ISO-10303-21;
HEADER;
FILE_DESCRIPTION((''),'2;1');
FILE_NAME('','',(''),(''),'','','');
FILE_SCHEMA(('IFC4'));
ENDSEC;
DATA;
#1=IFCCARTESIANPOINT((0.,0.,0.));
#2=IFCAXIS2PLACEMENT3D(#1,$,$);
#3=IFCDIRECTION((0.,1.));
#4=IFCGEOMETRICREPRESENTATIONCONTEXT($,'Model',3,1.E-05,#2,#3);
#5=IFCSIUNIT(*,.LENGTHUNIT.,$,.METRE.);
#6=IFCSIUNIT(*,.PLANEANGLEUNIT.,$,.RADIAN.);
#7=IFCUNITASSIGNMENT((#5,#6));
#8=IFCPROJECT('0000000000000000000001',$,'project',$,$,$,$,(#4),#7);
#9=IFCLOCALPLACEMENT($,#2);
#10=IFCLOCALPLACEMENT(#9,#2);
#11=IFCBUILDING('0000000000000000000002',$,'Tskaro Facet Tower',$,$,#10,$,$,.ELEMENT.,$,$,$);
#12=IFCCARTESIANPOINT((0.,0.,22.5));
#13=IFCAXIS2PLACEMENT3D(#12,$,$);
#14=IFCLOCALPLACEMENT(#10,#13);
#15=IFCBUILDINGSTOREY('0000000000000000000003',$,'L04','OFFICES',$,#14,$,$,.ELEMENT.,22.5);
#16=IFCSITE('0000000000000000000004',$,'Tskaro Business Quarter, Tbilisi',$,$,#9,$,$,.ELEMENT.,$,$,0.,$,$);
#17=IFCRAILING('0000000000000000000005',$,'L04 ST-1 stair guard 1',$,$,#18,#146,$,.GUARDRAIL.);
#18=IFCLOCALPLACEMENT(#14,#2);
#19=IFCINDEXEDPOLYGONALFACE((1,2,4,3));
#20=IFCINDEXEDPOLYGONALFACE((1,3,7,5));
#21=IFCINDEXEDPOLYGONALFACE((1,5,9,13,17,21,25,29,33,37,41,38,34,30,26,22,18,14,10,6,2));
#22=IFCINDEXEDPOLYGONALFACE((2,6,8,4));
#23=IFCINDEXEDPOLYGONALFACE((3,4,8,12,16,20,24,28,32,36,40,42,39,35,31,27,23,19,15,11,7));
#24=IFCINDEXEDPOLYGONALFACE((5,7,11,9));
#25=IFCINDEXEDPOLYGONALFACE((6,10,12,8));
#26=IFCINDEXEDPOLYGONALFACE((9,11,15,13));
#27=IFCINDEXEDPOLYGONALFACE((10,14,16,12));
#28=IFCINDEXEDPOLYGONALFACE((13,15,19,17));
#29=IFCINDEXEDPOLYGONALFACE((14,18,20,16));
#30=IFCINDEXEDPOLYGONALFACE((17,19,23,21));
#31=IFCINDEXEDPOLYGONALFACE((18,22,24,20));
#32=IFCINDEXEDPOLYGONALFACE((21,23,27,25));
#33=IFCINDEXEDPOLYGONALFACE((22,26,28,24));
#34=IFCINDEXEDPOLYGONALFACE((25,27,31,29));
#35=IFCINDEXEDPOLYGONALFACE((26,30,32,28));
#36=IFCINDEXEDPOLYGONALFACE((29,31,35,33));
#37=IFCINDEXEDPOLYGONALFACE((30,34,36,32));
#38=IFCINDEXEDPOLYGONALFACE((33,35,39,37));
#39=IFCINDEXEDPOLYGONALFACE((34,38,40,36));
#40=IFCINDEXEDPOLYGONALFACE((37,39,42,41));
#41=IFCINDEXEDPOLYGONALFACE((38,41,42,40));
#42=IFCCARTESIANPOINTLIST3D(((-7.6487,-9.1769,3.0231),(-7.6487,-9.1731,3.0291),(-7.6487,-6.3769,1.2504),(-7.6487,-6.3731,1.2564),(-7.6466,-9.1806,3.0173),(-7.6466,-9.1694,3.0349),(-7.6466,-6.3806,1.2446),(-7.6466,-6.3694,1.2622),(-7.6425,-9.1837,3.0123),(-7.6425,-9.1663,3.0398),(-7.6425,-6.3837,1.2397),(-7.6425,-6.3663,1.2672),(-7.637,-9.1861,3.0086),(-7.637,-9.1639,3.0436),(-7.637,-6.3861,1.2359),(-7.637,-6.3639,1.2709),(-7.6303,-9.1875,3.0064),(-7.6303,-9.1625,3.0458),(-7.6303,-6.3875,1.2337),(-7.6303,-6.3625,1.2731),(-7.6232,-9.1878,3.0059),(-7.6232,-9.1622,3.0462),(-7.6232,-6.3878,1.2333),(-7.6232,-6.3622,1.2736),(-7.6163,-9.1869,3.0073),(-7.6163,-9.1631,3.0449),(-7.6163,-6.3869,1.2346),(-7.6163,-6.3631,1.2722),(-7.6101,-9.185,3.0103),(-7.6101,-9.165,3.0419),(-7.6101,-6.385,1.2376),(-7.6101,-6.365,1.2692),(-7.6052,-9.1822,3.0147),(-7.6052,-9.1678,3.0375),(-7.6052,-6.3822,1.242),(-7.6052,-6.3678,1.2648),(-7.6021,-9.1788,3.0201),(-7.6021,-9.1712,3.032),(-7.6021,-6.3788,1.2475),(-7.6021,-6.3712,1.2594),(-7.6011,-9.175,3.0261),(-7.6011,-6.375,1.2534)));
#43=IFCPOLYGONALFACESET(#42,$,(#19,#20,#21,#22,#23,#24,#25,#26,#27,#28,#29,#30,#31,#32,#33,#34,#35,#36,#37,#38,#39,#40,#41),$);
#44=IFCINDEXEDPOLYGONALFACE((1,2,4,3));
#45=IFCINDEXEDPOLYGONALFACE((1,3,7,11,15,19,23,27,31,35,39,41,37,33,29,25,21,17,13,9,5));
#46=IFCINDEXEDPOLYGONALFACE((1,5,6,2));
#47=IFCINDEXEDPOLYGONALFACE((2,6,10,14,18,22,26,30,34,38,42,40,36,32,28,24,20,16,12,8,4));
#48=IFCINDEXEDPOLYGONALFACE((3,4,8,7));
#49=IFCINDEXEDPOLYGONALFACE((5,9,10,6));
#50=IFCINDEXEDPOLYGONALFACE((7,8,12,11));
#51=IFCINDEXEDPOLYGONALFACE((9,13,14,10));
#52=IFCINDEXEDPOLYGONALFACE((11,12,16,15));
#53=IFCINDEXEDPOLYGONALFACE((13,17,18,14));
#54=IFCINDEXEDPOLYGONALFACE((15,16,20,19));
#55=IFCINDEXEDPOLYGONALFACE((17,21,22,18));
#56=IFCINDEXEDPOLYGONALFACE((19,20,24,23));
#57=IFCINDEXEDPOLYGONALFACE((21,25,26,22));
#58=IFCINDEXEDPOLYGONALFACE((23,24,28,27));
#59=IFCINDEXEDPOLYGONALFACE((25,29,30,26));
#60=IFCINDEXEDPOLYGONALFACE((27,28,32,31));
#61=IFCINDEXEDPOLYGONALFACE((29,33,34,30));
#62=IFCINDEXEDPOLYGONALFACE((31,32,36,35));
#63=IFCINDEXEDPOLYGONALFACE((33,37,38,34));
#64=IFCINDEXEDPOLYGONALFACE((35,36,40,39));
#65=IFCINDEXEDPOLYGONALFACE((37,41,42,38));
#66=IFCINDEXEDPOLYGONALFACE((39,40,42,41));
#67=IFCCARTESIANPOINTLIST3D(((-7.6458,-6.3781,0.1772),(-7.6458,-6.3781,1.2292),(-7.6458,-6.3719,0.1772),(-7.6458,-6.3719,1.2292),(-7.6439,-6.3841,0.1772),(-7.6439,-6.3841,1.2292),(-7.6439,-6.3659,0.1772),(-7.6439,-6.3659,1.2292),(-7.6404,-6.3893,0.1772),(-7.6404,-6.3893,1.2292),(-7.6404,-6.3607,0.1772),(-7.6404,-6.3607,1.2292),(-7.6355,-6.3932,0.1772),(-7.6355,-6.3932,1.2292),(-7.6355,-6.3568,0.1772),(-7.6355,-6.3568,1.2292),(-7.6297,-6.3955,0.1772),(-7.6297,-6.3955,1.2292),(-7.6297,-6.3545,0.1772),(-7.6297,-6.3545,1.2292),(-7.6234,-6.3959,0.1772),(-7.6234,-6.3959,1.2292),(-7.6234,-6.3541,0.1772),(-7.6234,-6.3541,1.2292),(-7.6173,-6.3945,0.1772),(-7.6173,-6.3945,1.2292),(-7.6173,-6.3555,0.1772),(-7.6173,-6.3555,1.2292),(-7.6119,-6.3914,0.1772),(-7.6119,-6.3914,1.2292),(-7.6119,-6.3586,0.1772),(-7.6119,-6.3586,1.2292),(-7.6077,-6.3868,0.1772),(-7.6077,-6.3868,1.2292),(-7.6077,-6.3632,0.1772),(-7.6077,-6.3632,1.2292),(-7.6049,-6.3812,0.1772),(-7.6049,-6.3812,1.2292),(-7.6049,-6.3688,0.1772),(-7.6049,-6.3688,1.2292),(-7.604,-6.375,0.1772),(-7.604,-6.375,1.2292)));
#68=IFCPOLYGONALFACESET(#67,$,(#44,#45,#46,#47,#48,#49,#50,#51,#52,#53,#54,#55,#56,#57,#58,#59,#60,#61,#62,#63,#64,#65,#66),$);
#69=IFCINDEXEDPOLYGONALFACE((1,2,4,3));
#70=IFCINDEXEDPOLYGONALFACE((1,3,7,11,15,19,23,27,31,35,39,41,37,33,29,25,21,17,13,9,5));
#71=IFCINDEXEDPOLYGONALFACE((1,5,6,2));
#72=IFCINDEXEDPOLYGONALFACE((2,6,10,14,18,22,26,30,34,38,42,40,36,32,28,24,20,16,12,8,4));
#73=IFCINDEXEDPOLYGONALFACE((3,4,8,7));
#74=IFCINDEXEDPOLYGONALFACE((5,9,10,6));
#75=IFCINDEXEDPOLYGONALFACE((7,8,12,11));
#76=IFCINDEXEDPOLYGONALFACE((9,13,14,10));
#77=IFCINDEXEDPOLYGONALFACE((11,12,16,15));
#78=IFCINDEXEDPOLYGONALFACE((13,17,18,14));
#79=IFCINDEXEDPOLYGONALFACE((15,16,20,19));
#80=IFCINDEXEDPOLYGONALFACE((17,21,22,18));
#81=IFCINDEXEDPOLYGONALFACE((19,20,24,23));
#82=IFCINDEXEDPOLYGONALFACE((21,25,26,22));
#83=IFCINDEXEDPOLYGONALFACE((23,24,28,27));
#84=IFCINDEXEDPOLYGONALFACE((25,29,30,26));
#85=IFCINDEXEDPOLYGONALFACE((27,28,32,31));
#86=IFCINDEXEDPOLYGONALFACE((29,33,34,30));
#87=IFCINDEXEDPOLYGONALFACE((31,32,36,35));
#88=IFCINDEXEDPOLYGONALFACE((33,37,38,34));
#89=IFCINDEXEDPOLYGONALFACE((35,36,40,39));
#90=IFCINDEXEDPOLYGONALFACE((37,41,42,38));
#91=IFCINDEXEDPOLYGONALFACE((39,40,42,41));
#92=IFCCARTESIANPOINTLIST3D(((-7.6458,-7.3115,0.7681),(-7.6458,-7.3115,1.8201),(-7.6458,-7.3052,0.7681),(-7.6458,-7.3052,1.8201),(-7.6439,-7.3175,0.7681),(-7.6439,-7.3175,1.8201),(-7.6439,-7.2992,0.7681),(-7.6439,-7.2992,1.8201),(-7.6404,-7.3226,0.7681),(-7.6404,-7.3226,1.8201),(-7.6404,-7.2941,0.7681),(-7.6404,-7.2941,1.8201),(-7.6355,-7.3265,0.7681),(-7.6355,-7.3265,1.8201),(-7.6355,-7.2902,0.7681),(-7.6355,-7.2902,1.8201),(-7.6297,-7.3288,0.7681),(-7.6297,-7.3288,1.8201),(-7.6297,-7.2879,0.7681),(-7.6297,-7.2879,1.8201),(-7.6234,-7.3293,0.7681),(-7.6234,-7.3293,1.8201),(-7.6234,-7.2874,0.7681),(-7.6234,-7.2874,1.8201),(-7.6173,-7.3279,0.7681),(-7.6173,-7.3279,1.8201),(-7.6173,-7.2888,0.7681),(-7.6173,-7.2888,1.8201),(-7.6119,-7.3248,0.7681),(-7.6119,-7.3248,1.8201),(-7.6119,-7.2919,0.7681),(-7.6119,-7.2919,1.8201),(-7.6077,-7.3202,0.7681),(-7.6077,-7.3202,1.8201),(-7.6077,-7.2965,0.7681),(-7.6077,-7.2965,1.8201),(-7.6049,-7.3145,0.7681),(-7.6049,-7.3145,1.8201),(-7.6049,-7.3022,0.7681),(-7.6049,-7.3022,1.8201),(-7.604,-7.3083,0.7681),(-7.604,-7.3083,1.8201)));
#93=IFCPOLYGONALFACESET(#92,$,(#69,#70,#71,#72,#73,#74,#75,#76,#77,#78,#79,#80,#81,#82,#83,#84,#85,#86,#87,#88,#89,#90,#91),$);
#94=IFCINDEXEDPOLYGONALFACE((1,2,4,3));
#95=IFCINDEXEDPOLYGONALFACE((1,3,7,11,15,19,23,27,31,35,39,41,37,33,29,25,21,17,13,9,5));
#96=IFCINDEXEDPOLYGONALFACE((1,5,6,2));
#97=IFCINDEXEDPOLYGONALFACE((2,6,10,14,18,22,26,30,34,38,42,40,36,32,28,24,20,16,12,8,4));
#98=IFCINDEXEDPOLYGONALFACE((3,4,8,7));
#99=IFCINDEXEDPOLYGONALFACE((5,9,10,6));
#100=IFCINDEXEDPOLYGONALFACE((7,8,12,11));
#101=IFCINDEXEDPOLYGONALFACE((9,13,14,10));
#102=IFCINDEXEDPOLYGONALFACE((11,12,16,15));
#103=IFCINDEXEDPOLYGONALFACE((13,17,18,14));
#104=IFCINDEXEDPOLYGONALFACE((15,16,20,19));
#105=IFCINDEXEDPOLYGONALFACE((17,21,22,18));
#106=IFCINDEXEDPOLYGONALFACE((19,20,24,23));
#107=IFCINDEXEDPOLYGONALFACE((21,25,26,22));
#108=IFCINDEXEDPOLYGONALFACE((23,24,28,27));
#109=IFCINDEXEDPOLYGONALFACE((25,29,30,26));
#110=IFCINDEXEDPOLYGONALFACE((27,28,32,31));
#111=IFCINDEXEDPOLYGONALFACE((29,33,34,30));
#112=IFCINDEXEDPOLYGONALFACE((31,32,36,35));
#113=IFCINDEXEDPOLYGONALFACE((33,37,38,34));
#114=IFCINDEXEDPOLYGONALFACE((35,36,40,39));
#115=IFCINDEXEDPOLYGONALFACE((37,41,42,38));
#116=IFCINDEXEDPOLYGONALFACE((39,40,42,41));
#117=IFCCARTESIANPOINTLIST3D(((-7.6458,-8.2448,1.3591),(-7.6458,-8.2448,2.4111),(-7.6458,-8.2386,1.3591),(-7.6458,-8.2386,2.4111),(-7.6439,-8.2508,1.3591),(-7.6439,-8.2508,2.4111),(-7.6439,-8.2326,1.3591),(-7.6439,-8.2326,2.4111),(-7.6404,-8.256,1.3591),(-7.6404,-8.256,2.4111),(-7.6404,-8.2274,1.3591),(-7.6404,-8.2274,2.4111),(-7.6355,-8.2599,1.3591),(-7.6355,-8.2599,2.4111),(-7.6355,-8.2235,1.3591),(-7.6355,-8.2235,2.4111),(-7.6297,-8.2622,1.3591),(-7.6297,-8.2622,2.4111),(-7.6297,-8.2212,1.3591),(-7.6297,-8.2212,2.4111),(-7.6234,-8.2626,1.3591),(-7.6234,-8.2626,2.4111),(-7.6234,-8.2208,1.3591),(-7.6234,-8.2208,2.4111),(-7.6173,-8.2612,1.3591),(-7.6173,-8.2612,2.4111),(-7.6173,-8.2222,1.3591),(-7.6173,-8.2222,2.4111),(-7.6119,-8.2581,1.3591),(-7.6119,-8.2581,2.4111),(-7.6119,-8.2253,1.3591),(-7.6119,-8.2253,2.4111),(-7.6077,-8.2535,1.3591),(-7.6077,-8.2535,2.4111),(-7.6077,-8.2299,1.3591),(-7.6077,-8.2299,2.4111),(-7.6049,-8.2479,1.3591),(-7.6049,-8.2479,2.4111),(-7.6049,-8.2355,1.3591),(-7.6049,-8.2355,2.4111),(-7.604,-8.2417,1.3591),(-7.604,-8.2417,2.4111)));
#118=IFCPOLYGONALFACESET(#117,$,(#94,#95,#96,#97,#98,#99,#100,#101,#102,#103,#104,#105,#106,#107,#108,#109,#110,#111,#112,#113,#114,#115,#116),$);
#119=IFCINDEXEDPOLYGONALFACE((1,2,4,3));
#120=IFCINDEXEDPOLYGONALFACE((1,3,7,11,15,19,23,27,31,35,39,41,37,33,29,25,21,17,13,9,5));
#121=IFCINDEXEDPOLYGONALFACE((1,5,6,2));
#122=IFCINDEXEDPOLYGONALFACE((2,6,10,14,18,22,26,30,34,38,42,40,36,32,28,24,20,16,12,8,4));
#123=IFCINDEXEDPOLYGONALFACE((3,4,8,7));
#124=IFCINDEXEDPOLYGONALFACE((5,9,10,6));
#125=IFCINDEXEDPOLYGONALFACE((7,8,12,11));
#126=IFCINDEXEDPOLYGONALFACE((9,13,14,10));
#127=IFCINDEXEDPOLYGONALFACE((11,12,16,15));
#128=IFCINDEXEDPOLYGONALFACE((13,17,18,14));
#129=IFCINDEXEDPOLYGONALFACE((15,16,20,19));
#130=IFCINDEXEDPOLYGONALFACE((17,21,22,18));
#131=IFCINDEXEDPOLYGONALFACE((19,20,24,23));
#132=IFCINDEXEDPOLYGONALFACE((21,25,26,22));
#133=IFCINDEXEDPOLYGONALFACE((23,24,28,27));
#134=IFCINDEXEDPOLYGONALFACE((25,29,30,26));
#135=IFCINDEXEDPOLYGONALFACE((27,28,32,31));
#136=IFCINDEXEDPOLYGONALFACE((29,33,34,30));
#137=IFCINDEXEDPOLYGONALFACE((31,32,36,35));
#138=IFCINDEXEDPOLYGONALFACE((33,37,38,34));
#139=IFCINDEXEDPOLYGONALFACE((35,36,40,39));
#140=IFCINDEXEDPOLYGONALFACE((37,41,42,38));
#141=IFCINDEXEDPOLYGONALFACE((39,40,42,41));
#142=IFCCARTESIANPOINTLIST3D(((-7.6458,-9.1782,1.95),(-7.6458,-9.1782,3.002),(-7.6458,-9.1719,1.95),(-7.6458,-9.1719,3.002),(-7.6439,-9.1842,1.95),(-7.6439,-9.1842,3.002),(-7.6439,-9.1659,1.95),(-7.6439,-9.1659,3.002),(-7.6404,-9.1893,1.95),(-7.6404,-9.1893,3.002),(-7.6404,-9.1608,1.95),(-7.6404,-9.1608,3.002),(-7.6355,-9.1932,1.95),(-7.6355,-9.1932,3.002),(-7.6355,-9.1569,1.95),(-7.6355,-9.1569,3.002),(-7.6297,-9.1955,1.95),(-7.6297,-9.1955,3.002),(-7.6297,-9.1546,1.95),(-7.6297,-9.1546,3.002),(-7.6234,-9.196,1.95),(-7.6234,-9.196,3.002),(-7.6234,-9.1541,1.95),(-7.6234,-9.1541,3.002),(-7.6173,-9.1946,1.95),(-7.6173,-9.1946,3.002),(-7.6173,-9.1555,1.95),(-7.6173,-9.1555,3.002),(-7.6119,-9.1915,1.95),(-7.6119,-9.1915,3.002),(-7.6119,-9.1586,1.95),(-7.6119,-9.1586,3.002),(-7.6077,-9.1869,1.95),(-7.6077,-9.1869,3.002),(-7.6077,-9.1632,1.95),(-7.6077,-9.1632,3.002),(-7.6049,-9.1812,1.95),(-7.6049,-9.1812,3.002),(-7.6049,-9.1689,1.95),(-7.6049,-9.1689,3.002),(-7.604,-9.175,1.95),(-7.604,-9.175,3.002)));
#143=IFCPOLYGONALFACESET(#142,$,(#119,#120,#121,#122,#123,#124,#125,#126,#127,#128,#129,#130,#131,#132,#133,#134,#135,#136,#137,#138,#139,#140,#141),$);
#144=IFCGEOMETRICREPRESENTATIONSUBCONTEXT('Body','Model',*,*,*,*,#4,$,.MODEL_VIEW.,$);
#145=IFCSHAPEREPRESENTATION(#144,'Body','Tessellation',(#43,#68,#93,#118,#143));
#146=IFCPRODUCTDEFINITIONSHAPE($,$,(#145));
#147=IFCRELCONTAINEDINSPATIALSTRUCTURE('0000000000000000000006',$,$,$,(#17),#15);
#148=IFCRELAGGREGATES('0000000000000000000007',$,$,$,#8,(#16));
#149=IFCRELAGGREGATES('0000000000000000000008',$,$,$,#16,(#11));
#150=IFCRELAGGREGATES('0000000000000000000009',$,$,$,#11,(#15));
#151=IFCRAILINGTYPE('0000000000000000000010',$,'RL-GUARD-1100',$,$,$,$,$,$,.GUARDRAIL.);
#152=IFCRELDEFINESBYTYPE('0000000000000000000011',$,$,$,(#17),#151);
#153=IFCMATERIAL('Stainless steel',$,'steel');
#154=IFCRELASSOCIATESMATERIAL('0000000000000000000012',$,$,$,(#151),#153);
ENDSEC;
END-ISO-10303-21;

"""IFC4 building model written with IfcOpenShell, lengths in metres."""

from ifc_helpers import new_model, si_unit, direction, frame, origin, origin_2d, place, context, subcontext, project, spatial, circle, extrude, material, type_object, element, save


model = new_model("IFC4")

# Units and contexts
model_context = context("Model", 3, precision=1e-05, world=origin(), true_north=direction((0.0, 1.0)))
body_context = subcontext(model_context, "Body", "Model", "MODEL_VIEW")
ifc_project = project(units=[si_unit("LENGTHUNIT", "METRE"), si_unit("PLANEANGLEUNIT", "RADIAN")], contexts=[model_context])

# Site, building, storey
site_placement = place(None, origin())
site = spatial("IfcSite", under=ifc_project, at=site_placement, Name="Tskaro Business Quarter, Tbilisi", CompositionType="ELEMENT", RefElevation=0.0)
building_placement = place(site_placement, origin())
building = spatial("IfcBuilding", under=site, at=building_placement, Name="Tskaro Facet Tower", CompositionType="ELEMENT")
storey_placement = place(building_placement, frame((0.0, 0.0, 22.5)))
storey = spatial("IfcBuildingStorey", under=building, at=storey_placement, Name="L04", Description="OFFICES", CompositionType="ELEMENT", Elevation=22.5)

# Shared definitions
ifc_material_1 = material(Name="Stainless steel", Category="steel")

# Railing
railing_type_1 = type_object("IfcRailingType", Name="RL-GUARD-1100", PredefinedType="GUARDRAIL", material=ifc_material_1)
railing_1_placement = place(storey_placement, frame((-7.625, -6.375, 0.1772)))
element("IfcRailing", 1, at=railing_1_placement, inside=storey, type_object=railing_type_1, Name="L04 ST-1 stair guard 1", PredefinedType="GUARDRAIL", context=body_context, shape_type="SweptSolid", body=[
    extrude(circle(Radius=0.0239, at=origin_2d()), frame((0.0, 0.0, 1.0762), z_axis=(0.0, -0.844909, 0.53491), x_axis=(1.0, 0.0, 0.0)), (0.0, 0.0, 1.0), 3.314),
    extrude(circle(Radius=0.021, at=origin_2d()), origin(), (0.0, 0.0, 1.0), 1.052),
    extrude(circle(Radius=0.021, at=origin_2d()), frame((0.0, -0.9333, 0.5908)), (0.0, 0.0, 1.0), 1.052),
    extrude(circle(Radius=0.021, at=origin_2d()), frame((0.0, -1.8667, 1.1819)), (0.0, 0.0, 1.0), 1.052),
    extrude(circle(Radius=0.021, at=origin_2d()), frame((0.0, -2.8, 1.7727)), (0.0, 0.0, 1.0), 1.052),
])

save(model, "model.ifc")
